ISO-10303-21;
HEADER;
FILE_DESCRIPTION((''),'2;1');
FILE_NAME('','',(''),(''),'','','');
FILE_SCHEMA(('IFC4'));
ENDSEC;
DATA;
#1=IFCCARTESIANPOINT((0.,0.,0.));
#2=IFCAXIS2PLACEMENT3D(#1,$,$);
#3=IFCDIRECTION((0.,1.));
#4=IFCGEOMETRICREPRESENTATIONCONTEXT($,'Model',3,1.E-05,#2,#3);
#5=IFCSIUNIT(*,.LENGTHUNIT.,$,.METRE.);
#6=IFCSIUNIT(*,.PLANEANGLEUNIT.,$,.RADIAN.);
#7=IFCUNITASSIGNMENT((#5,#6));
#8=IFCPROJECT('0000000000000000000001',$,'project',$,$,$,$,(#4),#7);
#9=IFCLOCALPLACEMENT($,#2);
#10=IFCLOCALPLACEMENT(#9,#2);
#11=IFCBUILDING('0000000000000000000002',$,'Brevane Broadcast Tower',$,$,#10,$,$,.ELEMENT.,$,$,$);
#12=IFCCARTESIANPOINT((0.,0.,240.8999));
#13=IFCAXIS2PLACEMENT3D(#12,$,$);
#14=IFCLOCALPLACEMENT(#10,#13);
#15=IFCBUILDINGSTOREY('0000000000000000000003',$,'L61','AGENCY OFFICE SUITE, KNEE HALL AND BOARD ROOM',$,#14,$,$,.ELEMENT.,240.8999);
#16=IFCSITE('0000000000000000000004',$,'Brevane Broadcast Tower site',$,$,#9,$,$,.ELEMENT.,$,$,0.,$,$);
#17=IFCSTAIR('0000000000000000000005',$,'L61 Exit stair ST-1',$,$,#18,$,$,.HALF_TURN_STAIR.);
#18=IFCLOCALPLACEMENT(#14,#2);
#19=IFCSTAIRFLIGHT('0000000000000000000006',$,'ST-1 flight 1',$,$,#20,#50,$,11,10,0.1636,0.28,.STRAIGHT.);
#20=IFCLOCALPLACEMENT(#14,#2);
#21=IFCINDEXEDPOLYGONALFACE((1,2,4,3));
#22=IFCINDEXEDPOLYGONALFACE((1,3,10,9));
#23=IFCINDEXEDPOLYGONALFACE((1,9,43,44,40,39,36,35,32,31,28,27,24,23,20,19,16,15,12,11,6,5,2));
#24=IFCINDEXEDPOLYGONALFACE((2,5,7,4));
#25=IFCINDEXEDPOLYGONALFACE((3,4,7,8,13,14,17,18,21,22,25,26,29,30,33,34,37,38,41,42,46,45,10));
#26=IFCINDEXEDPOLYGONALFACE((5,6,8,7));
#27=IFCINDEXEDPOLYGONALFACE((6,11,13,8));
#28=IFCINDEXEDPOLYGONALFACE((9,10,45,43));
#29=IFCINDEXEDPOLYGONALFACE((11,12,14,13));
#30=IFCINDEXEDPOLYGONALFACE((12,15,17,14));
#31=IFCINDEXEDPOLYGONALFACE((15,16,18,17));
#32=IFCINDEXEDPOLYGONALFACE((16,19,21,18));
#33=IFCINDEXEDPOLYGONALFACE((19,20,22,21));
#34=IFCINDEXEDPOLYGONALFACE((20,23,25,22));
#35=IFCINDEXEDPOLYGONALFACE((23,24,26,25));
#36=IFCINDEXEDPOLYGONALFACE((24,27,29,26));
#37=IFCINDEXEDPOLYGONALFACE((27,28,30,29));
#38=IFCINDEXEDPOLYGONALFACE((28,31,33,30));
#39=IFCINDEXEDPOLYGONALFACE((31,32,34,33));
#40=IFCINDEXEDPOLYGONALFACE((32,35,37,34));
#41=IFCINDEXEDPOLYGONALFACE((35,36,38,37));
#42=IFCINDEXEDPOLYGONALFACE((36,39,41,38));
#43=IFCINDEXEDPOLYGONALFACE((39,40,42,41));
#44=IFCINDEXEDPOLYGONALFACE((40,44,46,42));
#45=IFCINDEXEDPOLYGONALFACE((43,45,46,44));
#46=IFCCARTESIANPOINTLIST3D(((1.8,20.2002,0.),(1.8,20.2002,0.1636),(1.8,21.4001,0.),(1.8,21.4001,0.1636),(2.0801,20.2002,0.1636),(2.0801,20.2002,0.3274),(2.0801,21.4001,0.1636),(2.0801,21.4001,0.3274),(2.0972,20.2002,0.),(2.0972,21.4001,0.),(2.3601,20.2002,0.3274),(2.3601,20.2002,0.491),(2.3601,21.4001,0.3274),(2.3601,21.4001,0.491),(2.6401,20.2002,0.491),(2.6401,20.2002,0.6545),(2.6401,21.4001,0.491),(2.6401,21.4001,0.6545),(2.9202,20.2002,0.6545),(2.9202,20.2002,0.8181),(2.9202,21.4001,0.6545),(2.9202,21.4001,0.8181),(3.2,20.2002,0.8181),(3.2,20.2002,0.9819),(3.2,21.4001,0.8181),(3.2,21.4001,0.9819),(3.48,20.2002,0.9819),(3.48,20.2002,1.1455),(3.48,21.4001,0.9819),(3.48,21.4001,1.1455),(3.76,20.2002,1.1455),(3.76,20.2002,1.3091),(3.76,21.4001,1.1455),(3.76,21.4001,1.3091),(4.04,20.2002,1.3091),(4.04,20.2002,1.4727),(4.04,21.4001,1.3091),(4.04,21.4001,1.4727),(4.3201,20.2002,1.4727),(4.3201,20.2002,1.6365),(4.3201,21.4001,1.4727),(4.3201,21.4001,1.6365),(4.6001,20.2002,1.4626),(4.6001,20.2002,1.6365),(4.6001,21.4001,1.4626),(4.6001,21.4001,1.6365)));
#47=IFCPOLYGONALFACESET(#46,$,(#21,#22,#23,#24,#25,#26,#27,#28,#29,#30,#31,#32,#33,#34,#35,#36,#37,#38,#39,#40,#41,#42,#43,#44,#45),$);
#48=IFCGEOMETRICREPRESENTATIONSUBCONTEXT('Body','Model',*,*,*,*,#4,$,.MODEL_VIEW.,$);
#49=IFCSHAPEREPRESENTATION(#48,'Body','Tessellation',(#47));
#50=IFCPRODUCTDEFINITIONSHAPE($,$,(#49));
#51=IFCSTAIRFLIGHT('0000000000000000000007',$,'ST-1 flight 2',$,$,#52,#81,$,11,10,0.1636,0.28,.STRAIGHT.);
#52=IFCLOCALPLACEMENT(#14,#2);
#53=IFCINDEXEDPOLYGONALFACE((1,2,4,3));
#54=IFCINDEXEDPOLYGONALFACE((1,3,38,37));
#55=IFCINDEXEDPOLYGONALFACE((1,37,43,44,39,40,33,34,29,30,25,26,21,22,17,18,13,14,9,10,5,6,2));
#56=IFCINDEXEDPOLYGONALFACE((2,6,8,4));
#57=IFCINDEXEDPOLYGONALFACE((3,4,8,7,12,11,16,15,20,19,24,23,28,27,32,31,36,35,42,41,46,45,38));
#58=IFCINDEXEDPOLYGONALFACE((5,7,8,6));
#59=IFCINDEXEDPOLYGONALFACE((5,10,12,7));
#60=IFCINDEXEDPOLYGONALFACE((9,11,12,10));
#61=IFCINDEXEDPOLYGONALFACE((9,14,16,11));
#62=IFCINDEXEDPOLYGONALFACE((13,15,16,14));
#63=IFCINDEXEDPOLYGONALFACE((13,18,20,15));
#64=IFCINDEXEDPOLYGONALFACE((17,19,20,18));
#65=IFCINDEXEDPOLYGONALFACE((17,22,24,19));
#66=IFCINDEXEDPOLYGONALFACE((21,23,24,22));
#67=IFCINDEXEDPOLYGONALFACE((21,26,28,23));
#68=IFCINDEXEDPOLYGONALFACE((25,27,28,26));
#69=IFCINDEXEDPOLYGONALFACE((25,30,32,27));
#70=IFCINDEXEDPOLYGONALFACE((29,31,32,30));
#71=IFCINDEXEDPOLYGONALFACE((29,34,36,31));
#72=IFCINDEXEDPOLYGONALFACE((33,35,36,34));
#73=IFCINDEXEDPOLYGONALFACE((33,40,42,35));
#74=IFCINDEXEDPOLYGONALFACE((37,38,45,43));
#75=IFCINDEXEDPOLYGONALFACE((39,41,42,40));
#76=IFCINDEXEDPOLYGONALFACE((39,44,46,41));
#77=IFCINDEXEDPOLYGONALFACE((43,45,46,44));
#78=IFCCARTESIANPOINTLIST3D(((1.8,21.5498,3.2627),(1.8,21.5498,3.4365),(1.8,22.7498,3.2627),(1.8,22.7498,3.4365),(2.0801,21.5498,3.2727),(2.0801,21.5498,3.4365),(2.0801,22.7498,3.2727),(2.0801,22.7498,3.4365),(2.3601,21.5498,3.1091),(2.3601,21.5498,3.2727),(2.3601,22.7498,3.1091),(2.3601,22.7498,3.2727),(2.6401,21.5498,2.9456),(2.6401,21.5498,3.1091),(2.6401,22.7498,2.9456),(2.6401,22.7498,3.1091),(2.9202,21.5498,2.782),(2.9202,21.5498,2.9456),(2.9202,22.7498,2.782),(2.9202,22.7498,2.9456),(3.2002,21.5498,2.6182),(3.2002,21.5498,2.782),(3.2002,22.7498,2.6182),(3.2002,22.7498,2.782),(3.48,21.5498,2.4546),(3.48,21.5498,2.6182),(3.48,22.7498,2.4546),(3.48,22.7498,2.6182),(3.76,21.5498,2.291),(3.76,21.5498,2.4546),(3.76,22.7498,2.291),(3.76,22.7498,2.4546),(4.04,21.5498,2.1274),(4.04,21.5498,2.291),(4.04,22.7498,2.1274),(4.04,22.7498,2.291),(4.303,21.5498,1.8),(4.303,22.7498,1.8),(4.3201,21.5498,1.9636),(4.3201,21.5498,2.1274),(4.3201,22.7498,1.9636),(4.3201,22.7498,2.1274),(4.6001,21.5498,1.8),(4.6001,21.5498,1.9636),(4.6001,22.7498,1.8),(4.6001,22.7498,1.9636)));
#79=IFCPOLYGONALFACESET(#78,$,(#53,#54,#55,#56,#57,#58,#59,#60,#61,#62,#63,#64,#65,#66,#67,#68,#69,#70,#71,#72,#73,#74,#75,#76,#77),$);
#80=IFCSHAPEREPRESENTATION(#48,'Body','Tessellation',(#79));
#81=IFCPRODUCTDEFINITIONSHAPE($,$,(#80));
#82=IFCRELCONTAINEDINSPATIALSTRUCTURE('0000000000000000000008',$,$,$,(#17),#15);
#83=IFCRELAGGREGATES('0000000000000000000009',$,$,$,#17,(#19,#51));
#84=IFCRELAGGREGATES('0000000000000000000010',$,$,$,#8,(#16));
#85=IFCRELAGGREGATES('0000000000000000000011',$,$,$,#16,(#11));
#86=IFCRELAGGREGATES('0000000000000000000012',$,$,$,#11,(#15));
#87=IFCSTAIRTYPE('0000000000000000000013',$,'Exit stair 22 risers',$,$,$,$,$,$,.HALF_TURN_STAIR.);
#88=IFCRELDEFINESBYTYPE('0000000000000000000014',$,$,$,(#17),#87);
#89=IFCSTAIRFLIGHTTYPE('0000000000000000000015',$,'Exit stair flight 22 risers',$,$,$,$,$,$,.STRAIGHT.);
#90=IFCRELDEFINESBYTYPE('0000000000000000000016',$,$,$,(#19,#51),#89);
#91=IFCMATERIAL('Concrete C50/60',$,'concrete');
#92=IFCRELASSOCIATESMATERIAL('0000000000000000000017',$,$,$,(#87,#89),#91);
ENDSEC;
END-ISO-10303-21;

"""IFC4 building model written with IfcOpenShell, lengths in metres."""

from ifc_helpers import new_model, si_unit, direction, frame, origin, place, context, subcontext, project, spatial, polyline, outline, extrude, material, type_object, element, aggregate, save


model = new_model("IFC4")

# Units and contexts
model_context = context("Model", 3, precision=1e-05, world=origin(), true_north=direction((0.0, 1.0)))
body_context = subcontext(model_context, "Body", "Model", "MODEL_VIEW")
ifc_project = project(units=[si_unit("LENGTHUNIT", "METRE"), si_unit("PLANEANGLEUNIT", "RADIAN")], contexts=[model_context])

# Site, building, storey
site_placement = place(None, origin())
site = spatial("IfcSite", under=ifc_project, at=site_placement, Name="Brevane Broadcast Tower site", CompositionType="ELEMENT", RefElevation=0.0)
building_placement = place(site_placement, origin())
building = spatial("IfcBuilding", under=site, at=building_placement, Name="Brevane Broadcast Tower", CompositionType="ELEMENT")
storey_placement = place(building_placement, frame((0.0, 0.0, 240.8999)))
storey = spatial("IfcBuildingStorey", under=building, at=storey_placement, Name="L61", Description="AGENCY OFFICE SUITE, KNEE HALL AND BOARD ROOM", CompositionType="ELEMENT", Elevation=240.8999)

# Shared definitions
ifc_material_1 = material(Name="Concrete C50/60", Category="concrete")

# Stair, stair flights
stair_type = type_object("IfcStairType", Name="Exit stair 22 risers", PredefinedType="HALF_TURN_STAIR", material=ifc_material_1)
stair_placement = place(storey_placement, origin())
stair = element("IfcStair", 1, at=stair_placement, inside=storey, type_object=stair_type, Name="L61 Exit stair ST-1", PredefinedType="HALF_TURN_STAIR")
stair_flight_type = type_object("IfcStairFlightType", Name="Exit stair flight 22 risers", PredefinedType="STRAIGHT", material=ifc_material_1)
stair_flight_1_placement = place(storey_placement, frame((1.8, 20.8, 0.0), z_axis=(0.0, 0.0, 1.0), x_axis=(1.0, 0.0, 0.0)))
stair_flight_1 = element("IfcStairFlight", 2, at=stair_flight_1_placement, type_object=stair_flight_type, Name="ST-1 flight 1", NumberOfRisers=11, NumberOfTreads=10, PredefinedType="STRAIGHT", RiserHeight=0.1636, TreadLength=0.28, context=body_context, shape_type="SweptSolid", body=[
    extrude(outline(polyline([(0.0, 0.0), (0.0, 0.1636), (0.28, 0.1636), (0.28, 0.3274), (0.5601, 0.3274), (0.5601, 0.491), (0.8401, 0.491), (0.8401, 0.6545), (1.1201, 0.6545), (1.1201, 0.8181), (1.3999, 0.8181), (1.3999, 0.9819), (1.6799, 0.9819), (1.6799, 1.1455), (1.96, 1.1455), (1.96, 1.3091), (2.24, 1.3091), (2.24, 1.4727), (2.52, 1.4727), (2.52, 1.6365), (2.8, 1.6365), (2.8, 1.8), (2.8, 1.4626), (0.2971, 0.0), (0.0, 0.0)])), frame((0.0, 0.6001, 0.0), z_axis=(0.0, -1.0, 0.0), x_axis=(1.0, 0.0, 0.0)), (0.0, 0.0, 1.0), 1.2),
])
stair_flight_2_placement = place(storey_placement, frame((4.6001, 22.1499, 1.8), z_axis=(0.0, 0.0, 1.0), x_axis=(-1.0, 0.0, 0.0)))
stair_flight_2 = element("IfcStairFlight", 3, at=stair_flight_2_placement, type_object=stair_flight_type, Name="ST-1 flight 2", NumberOfRisers=11, NumberOfTreads=10, PredefinedType="STRAIGHT", RiserHeight=0.1636, TreadLength=0.28, context=body_context, shape_type="SweptSolid", body=[
    extrude(outline(polyline([(0.0, 0.0), (0.0, 0.1636), (0.28, 0.1636), (0.28, 0.3274), (0.5601, 0.3274), (0.5601, 0.491), (0.8401, 0.491), (0.8401, 0.6545), (1.1201, 0.6545), (1.1201, 0.8181), (1.3999, 0.8181), (1.3999, 0.9819), (1.6799, 0.9819), (1.6799, 1.1455), (1.96, 1.1455), (1.96, 1.3091), (2.24, 1.3091), (2.24, 1.4727), (2.52, 1.4727), (2.52, 1.6365), (2.8, 1.6365), (2.8, 1.8), (2.8, 1.4626), (0.2971, 0.0), (0.0, 0.0)])), frame((0.0, 0.6001, 0.0), z_axis=(0.0, -1.0, 0.0), x_axis=(1.0, 0.0, 0.0)), (0.0, 0.0, 1.0), 1.2),
])
aggregate(stair, [stair_flight_1, stair_flight_2])

save(model, "model.ifc")
